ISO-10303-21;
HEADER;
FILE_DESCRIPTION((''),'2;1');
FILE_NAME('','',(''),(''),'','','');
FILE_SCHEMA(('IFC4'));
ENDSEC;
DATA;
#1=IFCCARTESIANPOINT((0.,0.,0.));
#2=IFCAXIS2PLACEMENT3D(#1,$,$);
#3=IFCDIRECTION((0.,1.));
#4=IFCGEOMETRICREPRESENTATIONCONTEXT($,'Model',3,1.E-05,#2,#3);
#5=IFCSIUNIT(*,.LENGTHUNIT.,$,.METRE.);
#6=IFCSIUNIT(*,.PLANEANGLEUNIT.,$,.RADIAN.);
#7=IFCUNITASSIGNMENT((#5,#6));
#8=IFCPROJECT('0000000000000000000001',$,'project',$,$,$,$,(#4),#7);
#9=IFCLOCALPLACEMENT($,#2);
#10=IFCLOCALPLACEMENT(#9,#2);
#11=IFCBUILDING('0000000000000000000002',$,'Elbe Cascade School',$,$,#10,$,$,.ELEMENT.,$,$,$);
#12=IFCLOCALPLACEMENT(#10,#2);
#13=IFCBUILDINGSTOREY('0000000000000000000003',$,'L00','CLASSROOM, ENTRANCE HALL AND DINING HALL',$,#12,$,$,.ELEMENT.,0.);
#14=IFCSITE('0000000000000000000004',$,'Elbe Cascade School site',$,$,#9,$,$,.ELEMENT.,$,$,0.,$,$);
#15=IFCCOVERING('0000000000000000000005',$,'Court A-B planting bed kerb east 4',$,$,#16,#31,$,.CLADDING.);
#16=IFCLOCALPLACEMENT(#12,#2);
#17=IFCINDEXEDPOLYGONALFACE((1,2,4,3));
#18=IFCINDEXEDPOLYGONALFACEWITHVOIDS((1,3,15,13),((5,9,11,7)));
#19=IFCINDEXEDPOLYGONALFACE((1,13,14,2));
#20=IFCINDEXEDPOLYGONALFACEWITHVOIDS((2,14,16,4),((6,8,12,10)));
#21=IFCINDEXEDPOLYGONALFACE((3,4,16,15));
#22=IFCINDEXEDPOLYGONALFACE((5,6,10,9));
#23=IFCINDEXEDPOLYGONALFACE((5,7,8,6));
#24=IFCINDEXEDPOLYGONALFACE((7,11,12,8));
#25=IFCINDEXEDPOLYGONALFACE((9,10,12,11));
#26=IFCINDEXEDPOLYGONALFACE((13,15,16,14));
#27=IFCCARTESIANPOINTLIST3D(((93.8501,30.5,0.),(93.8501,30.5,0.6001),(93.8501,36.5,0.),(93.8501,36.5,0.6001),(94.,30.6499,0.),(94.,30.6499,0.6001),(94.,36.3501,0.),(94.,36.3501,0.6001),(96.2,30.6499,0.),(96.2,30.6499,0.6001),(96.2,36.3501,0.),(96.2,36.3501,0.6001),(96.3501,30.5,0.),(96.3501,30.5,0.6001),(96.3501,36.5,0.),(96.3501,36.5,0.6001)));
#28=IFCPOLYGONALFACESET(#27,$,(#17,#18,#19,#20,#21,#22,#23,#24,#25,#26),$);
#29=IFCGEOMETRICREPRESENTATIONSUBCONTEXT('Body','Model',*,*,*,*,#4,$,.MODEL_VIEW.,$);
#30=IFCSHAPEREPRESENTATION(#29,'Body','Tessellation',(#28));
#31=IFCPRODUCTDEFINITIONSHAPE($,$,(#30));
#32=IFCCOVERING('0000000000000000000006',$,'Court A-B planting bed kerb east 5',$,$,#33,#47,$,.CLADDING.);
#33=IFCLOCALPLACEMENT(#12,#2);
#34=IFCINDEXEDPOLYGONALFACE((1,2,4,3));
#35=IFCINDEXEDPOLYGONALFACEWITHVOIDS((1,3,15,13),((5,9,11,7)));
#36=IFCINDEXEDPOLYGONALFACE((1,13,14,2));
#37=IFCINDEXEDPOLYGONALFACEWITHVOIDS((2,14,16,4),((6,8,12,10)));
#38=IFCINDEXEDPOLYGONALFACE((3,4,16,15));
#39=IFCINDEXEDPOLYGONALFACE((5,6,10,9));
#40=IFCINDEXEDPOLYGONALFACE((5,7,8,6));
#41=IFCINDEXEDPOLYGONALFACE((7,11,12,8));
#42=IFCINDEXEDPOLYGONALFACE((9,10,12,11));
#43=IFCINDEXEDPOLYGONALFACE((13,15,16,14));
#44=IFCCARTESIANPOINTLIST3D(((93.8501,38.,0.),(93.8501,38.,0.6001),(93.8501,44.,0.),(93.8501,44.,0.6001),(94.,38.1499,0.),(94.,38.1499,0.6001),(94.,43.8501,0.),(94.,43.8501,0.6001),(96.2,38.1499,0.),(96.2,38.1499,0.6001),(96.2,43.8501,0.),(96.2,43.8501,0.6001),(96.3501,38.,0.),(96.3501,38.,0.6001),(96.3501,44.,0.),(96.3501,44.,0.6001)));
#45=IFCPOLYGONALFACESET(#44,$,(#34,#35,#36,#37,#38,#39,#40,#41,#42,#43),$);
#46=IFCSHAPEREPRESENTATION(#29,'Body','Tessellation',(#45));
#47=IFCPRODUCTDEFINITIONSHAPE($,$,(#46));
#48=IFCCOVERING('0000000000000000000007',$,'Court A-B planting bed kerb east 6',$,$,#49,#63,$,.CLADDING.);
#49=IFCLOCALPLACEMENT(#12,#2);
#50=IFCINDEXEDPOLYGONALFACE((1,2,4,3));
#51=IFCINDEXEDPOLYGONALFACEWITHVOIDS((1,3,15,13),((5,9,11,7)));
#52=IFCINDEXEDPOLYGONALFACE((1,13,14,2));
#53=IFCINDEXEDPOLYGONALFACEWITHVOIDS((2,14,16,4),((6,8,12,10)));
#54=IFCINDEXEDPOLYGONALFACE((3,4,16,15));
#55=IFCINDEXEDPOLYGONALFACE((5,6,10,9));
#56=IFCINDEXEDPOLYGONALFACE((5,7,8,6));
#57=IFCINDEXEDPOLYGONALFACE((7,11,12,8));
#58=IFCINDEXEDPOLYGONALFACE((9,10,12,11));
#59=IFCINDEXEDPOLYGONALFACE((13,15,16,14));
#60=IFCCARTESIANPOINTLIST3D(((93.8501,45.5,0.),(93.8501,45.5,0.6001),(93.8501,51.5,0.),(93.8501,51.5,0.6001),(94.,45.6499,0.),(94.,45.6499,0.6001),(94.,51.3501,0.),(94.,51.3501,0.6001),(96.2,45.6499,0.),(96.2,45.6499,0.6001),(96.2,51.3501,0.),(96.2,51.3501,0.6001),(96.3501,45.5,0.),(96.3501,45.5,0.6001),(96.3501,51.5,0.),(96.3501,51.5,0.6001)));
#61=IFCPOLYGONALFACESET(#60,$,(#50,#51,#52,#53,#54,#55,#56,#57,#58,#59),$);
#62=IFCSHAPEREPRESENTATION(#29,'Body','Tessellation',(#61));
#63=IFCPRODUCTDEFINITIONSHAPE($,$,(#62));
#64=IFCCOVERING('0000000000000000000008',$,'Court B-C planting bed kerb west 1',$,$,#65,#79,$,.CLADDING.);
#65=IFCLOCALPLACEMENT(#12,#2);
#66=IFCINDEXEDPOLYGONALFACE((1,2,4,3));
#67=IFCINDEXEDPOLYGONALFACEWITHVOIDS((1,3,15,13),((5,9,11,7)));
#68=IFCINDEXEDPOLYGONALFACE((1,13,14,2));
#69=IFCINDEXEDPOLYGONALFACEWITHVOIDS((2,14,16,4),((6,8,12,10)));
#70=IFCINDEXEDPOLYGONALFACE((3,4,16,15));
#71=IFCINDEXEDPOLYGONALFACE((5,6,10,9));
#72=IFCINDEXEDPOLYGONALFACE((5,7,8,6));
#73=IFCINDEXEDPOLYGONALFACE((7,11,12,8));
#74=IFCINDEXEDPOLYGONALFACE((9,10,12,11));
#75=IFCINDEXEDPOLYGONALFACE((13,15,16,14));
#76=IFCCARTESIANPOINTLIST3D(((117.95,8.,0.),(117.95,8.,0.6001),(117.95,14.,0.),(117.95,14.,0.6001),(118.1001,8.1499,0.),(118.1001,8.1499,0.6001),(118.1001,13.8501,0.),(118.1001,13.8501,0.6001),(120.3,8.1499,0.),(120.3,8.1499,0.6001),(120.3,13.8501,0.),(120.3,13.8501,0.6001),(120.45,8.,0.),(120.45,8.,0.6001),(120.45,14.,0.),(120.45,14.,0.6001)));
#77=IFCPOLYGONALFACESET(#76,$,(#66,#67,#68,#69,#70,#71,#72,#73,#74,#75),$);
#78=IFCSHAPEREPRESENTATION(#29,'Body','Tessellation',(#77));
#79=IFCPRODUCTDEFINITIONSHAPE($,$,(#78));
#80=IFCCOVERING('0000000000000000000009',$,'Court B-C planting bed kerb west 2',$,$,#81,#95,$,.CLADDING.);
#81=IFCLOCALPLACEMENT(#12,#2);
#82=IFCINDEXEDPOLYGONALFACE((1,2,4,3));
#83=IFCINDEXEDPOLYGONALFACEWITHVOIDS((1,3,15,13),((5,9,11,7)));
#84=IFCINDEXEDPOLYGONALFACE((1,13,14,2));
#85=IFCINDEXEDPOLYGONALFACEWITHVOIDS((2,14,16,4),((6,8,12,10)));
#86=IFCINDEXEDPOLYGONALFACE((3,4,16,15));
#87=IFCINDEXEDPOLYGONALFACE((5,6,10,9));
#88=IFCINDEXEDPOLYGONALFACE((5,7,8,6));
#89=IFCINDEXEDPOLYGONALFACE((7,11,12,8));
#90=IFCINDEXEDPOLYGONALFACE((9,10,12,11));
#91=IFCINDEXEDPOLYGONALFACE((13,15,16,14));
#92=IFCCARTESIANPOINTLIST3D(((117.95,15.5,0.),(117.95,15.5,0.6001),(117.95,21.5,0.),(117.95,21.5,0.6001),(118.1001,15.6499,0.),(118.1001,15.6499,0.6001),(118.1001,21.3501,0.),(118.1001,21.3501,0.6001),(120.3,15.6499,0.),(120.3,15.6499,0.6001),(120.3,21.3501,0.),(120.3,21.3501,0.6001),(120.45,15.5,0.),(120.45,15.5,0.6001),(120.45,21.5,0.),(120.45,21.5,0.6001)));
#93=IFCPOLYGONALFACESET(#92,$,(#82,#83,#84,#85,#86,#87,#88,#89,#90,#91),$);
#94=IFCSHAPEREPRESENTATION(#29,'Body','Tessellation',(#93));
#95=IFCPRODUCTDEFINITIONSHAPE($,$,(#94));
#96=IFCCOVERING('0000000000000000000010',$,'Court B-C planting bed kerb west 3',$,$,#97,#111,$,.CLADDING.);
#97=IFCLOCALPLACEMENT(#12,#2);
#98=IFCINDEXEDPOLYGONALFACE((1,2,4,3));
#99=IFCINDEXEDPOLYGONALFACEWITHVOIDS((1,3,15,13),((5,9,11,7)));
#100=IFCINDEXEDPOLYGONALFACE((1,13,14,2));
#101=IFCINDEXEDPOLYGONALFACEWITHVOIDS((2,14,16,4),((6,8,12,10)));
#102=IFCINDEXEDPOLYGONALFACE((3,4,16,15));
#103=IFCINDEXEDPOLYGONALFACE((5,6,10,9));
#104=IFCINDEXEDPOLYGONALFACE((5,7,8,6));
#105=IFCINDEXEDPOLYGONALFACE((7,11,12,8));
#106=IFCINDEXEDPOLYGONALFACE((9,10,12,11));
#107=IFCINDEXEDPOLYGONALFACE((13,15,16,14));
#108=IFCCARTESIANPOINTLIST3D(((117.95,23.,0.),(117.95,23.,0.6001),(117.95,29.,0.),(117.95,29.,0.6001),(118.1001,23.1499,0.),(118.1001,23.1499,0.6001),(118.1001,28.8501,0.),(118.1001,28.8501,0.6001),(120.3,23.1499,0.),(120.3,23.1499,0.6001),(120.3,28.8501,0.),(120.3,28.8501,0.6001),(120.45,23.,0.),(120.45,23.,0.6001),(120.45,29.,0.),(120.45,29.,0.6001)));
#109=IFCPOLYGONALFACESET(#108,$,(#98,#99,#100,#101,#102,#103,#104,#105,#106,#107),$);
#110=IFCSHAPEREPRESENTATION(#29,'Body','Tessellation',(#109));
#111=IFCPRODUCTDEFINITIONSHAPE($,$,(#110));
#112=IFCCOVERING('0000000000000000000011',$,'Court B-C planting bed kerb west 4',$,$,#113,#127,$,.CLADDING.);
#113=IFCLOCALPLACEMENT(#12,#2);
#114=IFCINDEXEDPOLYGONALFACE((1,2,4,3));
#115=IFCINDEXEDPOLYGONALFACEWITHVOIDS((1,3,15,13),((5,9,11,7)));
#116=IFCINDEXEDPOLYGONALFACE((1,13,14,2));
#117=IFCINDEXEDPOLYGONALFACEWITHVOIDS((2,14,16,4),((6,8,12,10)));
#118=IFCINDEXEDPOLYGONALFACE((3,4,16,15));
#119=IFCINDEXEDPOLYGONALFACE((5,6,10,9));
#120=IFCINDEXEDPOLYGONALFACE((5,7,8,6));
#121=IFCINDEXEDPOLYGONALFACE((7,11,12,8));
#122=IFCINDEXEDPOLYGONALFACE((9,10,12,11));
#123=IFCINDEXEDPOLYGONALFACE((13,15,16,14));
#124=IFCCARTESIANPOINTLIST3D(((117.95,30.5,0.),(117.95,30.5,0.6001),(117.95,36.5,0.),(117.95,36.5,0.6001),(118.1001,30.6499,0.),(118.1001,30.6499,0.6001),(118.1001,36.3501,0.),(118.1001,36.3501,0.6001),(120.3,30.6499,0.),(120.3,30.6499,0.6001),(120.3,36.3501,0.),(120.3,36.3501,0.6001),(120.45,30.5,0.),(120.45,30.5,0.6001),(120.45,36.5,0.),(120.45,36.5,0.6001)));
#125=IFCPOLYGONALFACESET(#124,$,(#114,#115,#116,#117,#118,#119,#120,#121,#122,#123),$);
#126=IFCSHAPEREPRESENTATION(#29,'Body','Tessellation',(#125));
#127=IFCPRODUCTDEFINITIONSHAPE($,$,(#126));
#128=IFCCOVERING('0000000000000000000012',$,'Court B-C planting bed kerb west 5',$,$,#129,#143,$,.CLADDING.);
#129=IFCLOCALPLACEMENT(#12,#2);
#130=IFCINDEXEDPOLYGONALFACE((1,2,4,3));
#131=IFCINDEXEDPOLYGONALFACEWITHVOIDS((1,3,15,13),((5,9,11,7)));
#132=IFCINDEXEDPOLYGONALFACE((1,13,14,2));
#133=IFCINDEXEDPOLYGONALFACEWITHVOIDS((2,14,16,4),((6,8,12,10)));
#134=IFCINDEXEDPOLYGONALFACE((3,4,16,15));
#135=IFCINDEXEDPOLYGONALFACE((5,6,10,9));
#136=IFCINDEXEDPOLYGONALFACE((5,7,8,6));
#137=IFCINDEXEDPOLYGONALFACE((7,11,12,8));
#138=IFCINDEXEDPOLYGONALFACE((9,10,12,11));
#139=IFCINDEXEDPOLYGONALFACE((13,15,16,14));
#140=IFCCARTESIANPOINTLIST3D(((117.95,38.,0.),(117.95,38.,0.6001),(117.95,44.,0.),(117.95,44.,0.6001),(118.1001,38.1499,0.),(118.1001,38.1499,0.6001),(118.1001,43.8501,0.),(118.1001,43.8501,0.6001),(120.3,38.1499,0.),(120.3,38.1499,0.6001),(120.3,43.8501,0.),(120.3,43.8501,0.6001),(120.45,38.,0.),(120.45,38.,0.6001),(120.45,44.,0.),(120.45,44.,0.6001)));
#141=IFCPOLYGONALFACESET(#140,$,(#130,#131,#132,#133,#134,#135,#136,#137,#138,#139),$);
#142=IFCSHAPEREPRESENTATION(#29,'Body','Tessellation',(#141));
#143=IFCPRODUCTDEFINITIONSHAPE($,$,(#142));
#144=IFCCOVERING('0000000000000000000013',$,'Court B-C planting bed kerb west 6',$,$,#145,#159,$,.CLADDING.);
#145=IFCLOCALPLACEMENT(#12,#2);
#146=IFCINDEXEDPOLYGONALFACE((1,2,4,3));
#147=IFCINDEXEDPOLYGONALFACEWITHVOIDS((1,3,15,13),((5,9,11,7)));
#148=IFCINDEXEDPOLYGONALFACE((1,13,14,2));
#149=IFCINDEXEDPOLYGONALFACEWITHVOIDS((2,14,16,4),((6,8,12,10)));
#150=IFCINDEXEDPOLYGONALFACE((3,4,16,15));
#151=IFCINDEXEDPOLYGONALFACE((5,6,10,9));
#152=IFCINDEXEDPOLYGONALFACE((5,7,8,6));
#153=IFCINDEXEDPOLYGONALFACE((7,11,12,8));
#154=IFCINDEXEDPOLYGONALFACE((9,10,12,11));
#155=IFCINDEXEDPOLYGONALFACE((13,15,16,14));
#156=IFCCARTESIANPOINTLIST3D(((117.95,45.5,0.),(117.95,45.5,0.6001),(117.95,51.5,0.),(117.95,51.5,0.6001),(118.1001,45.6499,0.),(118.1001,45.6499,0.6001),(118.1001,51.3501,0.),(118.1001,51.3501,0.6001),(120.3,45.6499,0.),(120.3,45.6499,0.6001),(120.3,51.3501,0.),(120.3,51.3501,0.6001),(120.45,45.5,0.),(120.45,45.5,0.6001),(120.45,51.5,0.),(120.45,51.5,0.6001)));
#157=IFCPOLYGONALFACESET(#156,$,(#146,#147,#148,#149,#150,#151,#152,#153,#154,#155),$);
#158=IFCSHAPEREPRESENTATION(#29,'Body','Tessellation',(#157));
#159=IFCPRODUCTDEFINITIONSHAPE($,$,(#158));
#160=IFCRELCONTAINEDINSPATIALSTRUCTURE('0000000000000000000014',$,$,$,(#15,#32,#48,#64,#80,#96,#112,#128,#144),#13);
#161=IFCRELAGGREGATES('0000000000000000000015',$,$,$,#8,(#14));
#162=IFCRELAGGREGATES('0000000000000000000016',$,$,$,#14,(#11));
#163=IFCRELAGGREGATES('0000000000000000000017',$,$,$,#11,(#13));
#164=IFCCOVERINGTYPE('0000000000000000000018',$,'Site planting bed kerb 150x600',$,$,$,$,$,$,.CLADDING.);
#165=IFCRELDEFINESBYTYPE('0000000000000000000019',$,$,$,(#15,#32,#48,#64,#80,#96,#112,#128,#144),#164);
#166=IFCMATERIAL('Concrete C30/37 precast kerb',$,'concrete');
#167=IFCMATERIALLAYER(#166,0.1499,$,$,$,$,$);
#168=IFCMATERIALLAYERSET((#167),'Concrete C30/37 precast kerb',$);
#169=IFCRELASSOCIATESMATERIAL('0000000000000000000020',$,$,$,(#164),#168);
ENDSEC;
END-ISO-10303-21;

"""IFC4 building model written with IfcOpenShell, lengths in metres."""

from ifc_helpers import new_model, si_unit, direction, origin, place, context, subcontext, project, spatial, polyline, outline, extrude, material, layer, layer_set, type_object, element, save


model = new_model("IFC4")

# Units and contexts
model_context = context("Model", 3, precision=1e-05, world=origin(), true_north=direction((0.0, 1.0)))
body_context = subcontext(model_context, "Body", "Model", "MODEL_VIEW")
ifc_project = project(units=[si_unit("LENGTHUNIT", "METRE"), si_unit("PLANEANGLEUNIT", "RADIAN")], contexts=[model_context])

# Site, building, storey
site_placement = place(None, origin())
site = spatial("IfcSite", under=ifc_project, at=site_placement, Name="Elbe Cascade School site", CompositionType="ELEMENT", RefElevation=0.0)
building_placement = place(site_placement, origin())
building = spatial("IfcBuilding", under=site, at=building_placement, Name="Elbe Cascade School", CompositionType="ELEMENT")
storey_placement = place(building_placement, origin())
storey = spatial("IfcBuildingStorey", under=building, at=storey_placement, Name="L00", Description="CLASSROOM, ENTRANCE HALL AND DINING HALL", CompositionType="ELEMENT", Elevation=0.0)

# Coverings
ifc_material_1 = material(Name="Concrete C30/37 precast kerb", Category="concrete")
ifc_layer_1 = layer(ifc_material_1, 0.1499)
ifc_layer_set_1 = layer_set([ifc_layer_1], Name="Concrete C30/37 precast kerb")
covering_type_1 = type_object("IfcCoveringType", Name="Site planting bed kerb 150x600", PredefinedType="CLADDING", material=ifc_layer_set_1)
covering_1_placement = place(storey_placement, origin())
element("IfcCovering", 1, at=covering_1_placement, inside=storey, type_object=covering_type_1, Name="Court A-B planting bed kerb east 4", PredefinedType="CLADDING", context=body_context, shape_type="SweptSolid", body=[
    extrude(outline(polyline([(93.8501, 30.5), (96.3501, 30.5), (96.3501, 36.5), (93.8501, 36.5), (93.8501, 30.5)]), holes=[polyline([(94.0, 30.6499), (96.2, 30.6499), (96.2, 36.3501), (94.0, 36.3501), (94.0, 30.6499)])]), origin(), (0.0, 0.0, 1.0), 0.6001),
])
covering_2_placement = place(storey_placement, origin())
element("IfcCovering", 2, at=covering_2_placement, inside=storey, type_object=covering_type_1, Name="Court A-B planting bed kerb east 5", PredefinedType="CLADDING", context=body_context, shape_type="SweptSolid", body=[
    extrude(outline(polyline([(93.8501, 38.0), (96.3501, 38.0), (96.3501, 44.0), (93.8501, 44.0), (93.8501, 38.0)]), holes=[polyline([(94.0, 38.1499), (96.2, 38.1499), (96.2, 43.8501), (94.0, 43.8501), (94.0, 38.1499)])]), origin(), (0.0, 0.0, 1.0), 0.6001),
])
covering_3_placement = place(storey_placement, origin())
element("IfcCovering", 3, at=covering_3_placement, inside=storey, type_object=covering_type_1, Name="Court A-B planting bed kerb east 6", PredefinedType="CLADDING", context=body_context, shape_type="SweptSolid", body=[
    extrude(outline(polyline([(93.8501, 45.5), (96.3501, 45.5), (96.3501, 51.5), (93.8501, 51.5), (93.8501, 45.5)]), holes=[polyline([(94.0, 45.6499), (96.2, 45.6499), (96.2, 51.3501), (94.0, 51.3501), (94.0, 45.6499)])]), origin(), (0.0, 0.0, 1.0), 0.6001),
])
covering_4_placement = place(storey_placement, origin())
element("IfcCovering", 4, at=covering_4_placement, inside=storey, type_object=covering_type_1, Name="Court B-C planting bed kerb west 1", PredefinedType="CLADDING", context=body_context, shape_type="SweptSolid", body=[
    extrude(outline(polyline([(117.95, 8.0), (120.45, 8.0), (120.45, 14.0), (117.95, 14.0), (117.95, 8.0)]), holes=[polyline([(118.1001, 8.1499), (120.3, 8.1499), (120.3, 13.8501), (118.1001, 13.8501), (118.1001, 8.1499)])]), origin(), (0.0, 0.0, 1.0), 0.6001),
])
covering_5_placement = place(storey_placement, origin())
element("IfcCovering", 5, at=covering_5_placement, inside=storey, type_object=covering_type_1, Name="Court B-C planting bed kerb west 2", PredefinedType="CLADDING", context=body_context, shape_type="SweptSolid", body=[
    extrude(outline(polyline([(117.95, 15.5), (120.45, 15.5), (120.45, 21.5), (117.95, 21.5), (117.95, 15.5)]), holes=[polyline([(118.1001, 15.6499), (120.3, 15.6499), (120.3, 21.3501), (118.1001, 21.3501), (118.1001, 15.6499)])]), origin(), (0.0, 0.0, 1.0), 0.6001),
])
covering_6_placement = place(storey_placement, origin())
element("IfcCovering", 6, at=covering_6_placement, inside=storey, type_object=covering_type_1, Name="Court B-C planting bed kerb west 3", PredefinedType="CLADDING", context=body_context, shape_type="SweptSolid", body=[
    extrude(outline(polyline([(117.95, 23.0), (120.45, 23.0), (120.45, 29.0), (117.95, 29.0), (117.95, 23.0)]), holes=[polyline([(118.1001, 23.1499), (120.3, 23.1499), (120.3, 28.8501), (118.1001, 28.8501), (118.1001, 23.1499)])]), origin(), (0.0, 0.0, 1.0), 0.6001),
])
covering_7_placement = place(storey_placement, origin())
element("IfcCovering", 7, at=covering_7_placement, inside=storey, type_object=covering_type_1, Name="Court B-C planting bed kerb west 4", PredefinedType="CLADDING", context=body_context, shape_type="SweptSolid", body=[
    extrude(outline(polyline([(117.95, 30.5), (120.45, 30.5), (120.45, 36.5), (117.95, 36.5), (117.95, 30.5)]), holes=[polyline([(118.1001, 30.6499), (120.3, 30.6499), (120.3, 36.3501), (118.1001, 36.3501), (118.1001, 30.6499)])]), origin(), (0.0, 0.0, 1.0), 0.6001),
])
covering_8_placement = place(storey_placement, origin())
element("IfcCovering", 8, at=covering_8_placement, inside=storey, type_object=covering_type_1, Name="Court B-C planting bed kerb west 5", PredefinedType="CLADDING", context=body_context, shape_type="SweptSolid", body=[
    extrude(outline(polyline([(117.95, 38.0), (120.45, 38.0), (120.45, 44.0), (117.95, 44.0), (117.95, 38.0)]), holes=[polyline([(118.1001, 38.1499), (120.3, 38.1499), (120.3, 43.8501), (118.1001, 43.8501), (118.1001, 38.1499)])]), origin(), (0.0, 0.0, 1.0), 0.6001),
])
covering_9_placement = place(storey_placement, origin())
element("IfcCovering", 9, at=covering_9_placement, inside=storey, type_object=covering_type_1, Name="Court B-C planting bed kerb west 6", PredefinedType="CLADDING", context=body_context, shape_type="SweptSolid", body=[
    extrude(outline(polyline([(117.95, 45.5), (120.45, 45.5), (120.45, 51.5), (117.95, 51.5), (117.95, 45.5)]), holes=[polyline([(118.1001, 45.6499), (120.3, 45.6499), (120.3, 51.3501), (118.1001, 51.3501), (118.1001, 45.6499)])]), origin(), (0.0, 0.0, 1.0), 0.6001),
])

save(model, "model.ifc")
